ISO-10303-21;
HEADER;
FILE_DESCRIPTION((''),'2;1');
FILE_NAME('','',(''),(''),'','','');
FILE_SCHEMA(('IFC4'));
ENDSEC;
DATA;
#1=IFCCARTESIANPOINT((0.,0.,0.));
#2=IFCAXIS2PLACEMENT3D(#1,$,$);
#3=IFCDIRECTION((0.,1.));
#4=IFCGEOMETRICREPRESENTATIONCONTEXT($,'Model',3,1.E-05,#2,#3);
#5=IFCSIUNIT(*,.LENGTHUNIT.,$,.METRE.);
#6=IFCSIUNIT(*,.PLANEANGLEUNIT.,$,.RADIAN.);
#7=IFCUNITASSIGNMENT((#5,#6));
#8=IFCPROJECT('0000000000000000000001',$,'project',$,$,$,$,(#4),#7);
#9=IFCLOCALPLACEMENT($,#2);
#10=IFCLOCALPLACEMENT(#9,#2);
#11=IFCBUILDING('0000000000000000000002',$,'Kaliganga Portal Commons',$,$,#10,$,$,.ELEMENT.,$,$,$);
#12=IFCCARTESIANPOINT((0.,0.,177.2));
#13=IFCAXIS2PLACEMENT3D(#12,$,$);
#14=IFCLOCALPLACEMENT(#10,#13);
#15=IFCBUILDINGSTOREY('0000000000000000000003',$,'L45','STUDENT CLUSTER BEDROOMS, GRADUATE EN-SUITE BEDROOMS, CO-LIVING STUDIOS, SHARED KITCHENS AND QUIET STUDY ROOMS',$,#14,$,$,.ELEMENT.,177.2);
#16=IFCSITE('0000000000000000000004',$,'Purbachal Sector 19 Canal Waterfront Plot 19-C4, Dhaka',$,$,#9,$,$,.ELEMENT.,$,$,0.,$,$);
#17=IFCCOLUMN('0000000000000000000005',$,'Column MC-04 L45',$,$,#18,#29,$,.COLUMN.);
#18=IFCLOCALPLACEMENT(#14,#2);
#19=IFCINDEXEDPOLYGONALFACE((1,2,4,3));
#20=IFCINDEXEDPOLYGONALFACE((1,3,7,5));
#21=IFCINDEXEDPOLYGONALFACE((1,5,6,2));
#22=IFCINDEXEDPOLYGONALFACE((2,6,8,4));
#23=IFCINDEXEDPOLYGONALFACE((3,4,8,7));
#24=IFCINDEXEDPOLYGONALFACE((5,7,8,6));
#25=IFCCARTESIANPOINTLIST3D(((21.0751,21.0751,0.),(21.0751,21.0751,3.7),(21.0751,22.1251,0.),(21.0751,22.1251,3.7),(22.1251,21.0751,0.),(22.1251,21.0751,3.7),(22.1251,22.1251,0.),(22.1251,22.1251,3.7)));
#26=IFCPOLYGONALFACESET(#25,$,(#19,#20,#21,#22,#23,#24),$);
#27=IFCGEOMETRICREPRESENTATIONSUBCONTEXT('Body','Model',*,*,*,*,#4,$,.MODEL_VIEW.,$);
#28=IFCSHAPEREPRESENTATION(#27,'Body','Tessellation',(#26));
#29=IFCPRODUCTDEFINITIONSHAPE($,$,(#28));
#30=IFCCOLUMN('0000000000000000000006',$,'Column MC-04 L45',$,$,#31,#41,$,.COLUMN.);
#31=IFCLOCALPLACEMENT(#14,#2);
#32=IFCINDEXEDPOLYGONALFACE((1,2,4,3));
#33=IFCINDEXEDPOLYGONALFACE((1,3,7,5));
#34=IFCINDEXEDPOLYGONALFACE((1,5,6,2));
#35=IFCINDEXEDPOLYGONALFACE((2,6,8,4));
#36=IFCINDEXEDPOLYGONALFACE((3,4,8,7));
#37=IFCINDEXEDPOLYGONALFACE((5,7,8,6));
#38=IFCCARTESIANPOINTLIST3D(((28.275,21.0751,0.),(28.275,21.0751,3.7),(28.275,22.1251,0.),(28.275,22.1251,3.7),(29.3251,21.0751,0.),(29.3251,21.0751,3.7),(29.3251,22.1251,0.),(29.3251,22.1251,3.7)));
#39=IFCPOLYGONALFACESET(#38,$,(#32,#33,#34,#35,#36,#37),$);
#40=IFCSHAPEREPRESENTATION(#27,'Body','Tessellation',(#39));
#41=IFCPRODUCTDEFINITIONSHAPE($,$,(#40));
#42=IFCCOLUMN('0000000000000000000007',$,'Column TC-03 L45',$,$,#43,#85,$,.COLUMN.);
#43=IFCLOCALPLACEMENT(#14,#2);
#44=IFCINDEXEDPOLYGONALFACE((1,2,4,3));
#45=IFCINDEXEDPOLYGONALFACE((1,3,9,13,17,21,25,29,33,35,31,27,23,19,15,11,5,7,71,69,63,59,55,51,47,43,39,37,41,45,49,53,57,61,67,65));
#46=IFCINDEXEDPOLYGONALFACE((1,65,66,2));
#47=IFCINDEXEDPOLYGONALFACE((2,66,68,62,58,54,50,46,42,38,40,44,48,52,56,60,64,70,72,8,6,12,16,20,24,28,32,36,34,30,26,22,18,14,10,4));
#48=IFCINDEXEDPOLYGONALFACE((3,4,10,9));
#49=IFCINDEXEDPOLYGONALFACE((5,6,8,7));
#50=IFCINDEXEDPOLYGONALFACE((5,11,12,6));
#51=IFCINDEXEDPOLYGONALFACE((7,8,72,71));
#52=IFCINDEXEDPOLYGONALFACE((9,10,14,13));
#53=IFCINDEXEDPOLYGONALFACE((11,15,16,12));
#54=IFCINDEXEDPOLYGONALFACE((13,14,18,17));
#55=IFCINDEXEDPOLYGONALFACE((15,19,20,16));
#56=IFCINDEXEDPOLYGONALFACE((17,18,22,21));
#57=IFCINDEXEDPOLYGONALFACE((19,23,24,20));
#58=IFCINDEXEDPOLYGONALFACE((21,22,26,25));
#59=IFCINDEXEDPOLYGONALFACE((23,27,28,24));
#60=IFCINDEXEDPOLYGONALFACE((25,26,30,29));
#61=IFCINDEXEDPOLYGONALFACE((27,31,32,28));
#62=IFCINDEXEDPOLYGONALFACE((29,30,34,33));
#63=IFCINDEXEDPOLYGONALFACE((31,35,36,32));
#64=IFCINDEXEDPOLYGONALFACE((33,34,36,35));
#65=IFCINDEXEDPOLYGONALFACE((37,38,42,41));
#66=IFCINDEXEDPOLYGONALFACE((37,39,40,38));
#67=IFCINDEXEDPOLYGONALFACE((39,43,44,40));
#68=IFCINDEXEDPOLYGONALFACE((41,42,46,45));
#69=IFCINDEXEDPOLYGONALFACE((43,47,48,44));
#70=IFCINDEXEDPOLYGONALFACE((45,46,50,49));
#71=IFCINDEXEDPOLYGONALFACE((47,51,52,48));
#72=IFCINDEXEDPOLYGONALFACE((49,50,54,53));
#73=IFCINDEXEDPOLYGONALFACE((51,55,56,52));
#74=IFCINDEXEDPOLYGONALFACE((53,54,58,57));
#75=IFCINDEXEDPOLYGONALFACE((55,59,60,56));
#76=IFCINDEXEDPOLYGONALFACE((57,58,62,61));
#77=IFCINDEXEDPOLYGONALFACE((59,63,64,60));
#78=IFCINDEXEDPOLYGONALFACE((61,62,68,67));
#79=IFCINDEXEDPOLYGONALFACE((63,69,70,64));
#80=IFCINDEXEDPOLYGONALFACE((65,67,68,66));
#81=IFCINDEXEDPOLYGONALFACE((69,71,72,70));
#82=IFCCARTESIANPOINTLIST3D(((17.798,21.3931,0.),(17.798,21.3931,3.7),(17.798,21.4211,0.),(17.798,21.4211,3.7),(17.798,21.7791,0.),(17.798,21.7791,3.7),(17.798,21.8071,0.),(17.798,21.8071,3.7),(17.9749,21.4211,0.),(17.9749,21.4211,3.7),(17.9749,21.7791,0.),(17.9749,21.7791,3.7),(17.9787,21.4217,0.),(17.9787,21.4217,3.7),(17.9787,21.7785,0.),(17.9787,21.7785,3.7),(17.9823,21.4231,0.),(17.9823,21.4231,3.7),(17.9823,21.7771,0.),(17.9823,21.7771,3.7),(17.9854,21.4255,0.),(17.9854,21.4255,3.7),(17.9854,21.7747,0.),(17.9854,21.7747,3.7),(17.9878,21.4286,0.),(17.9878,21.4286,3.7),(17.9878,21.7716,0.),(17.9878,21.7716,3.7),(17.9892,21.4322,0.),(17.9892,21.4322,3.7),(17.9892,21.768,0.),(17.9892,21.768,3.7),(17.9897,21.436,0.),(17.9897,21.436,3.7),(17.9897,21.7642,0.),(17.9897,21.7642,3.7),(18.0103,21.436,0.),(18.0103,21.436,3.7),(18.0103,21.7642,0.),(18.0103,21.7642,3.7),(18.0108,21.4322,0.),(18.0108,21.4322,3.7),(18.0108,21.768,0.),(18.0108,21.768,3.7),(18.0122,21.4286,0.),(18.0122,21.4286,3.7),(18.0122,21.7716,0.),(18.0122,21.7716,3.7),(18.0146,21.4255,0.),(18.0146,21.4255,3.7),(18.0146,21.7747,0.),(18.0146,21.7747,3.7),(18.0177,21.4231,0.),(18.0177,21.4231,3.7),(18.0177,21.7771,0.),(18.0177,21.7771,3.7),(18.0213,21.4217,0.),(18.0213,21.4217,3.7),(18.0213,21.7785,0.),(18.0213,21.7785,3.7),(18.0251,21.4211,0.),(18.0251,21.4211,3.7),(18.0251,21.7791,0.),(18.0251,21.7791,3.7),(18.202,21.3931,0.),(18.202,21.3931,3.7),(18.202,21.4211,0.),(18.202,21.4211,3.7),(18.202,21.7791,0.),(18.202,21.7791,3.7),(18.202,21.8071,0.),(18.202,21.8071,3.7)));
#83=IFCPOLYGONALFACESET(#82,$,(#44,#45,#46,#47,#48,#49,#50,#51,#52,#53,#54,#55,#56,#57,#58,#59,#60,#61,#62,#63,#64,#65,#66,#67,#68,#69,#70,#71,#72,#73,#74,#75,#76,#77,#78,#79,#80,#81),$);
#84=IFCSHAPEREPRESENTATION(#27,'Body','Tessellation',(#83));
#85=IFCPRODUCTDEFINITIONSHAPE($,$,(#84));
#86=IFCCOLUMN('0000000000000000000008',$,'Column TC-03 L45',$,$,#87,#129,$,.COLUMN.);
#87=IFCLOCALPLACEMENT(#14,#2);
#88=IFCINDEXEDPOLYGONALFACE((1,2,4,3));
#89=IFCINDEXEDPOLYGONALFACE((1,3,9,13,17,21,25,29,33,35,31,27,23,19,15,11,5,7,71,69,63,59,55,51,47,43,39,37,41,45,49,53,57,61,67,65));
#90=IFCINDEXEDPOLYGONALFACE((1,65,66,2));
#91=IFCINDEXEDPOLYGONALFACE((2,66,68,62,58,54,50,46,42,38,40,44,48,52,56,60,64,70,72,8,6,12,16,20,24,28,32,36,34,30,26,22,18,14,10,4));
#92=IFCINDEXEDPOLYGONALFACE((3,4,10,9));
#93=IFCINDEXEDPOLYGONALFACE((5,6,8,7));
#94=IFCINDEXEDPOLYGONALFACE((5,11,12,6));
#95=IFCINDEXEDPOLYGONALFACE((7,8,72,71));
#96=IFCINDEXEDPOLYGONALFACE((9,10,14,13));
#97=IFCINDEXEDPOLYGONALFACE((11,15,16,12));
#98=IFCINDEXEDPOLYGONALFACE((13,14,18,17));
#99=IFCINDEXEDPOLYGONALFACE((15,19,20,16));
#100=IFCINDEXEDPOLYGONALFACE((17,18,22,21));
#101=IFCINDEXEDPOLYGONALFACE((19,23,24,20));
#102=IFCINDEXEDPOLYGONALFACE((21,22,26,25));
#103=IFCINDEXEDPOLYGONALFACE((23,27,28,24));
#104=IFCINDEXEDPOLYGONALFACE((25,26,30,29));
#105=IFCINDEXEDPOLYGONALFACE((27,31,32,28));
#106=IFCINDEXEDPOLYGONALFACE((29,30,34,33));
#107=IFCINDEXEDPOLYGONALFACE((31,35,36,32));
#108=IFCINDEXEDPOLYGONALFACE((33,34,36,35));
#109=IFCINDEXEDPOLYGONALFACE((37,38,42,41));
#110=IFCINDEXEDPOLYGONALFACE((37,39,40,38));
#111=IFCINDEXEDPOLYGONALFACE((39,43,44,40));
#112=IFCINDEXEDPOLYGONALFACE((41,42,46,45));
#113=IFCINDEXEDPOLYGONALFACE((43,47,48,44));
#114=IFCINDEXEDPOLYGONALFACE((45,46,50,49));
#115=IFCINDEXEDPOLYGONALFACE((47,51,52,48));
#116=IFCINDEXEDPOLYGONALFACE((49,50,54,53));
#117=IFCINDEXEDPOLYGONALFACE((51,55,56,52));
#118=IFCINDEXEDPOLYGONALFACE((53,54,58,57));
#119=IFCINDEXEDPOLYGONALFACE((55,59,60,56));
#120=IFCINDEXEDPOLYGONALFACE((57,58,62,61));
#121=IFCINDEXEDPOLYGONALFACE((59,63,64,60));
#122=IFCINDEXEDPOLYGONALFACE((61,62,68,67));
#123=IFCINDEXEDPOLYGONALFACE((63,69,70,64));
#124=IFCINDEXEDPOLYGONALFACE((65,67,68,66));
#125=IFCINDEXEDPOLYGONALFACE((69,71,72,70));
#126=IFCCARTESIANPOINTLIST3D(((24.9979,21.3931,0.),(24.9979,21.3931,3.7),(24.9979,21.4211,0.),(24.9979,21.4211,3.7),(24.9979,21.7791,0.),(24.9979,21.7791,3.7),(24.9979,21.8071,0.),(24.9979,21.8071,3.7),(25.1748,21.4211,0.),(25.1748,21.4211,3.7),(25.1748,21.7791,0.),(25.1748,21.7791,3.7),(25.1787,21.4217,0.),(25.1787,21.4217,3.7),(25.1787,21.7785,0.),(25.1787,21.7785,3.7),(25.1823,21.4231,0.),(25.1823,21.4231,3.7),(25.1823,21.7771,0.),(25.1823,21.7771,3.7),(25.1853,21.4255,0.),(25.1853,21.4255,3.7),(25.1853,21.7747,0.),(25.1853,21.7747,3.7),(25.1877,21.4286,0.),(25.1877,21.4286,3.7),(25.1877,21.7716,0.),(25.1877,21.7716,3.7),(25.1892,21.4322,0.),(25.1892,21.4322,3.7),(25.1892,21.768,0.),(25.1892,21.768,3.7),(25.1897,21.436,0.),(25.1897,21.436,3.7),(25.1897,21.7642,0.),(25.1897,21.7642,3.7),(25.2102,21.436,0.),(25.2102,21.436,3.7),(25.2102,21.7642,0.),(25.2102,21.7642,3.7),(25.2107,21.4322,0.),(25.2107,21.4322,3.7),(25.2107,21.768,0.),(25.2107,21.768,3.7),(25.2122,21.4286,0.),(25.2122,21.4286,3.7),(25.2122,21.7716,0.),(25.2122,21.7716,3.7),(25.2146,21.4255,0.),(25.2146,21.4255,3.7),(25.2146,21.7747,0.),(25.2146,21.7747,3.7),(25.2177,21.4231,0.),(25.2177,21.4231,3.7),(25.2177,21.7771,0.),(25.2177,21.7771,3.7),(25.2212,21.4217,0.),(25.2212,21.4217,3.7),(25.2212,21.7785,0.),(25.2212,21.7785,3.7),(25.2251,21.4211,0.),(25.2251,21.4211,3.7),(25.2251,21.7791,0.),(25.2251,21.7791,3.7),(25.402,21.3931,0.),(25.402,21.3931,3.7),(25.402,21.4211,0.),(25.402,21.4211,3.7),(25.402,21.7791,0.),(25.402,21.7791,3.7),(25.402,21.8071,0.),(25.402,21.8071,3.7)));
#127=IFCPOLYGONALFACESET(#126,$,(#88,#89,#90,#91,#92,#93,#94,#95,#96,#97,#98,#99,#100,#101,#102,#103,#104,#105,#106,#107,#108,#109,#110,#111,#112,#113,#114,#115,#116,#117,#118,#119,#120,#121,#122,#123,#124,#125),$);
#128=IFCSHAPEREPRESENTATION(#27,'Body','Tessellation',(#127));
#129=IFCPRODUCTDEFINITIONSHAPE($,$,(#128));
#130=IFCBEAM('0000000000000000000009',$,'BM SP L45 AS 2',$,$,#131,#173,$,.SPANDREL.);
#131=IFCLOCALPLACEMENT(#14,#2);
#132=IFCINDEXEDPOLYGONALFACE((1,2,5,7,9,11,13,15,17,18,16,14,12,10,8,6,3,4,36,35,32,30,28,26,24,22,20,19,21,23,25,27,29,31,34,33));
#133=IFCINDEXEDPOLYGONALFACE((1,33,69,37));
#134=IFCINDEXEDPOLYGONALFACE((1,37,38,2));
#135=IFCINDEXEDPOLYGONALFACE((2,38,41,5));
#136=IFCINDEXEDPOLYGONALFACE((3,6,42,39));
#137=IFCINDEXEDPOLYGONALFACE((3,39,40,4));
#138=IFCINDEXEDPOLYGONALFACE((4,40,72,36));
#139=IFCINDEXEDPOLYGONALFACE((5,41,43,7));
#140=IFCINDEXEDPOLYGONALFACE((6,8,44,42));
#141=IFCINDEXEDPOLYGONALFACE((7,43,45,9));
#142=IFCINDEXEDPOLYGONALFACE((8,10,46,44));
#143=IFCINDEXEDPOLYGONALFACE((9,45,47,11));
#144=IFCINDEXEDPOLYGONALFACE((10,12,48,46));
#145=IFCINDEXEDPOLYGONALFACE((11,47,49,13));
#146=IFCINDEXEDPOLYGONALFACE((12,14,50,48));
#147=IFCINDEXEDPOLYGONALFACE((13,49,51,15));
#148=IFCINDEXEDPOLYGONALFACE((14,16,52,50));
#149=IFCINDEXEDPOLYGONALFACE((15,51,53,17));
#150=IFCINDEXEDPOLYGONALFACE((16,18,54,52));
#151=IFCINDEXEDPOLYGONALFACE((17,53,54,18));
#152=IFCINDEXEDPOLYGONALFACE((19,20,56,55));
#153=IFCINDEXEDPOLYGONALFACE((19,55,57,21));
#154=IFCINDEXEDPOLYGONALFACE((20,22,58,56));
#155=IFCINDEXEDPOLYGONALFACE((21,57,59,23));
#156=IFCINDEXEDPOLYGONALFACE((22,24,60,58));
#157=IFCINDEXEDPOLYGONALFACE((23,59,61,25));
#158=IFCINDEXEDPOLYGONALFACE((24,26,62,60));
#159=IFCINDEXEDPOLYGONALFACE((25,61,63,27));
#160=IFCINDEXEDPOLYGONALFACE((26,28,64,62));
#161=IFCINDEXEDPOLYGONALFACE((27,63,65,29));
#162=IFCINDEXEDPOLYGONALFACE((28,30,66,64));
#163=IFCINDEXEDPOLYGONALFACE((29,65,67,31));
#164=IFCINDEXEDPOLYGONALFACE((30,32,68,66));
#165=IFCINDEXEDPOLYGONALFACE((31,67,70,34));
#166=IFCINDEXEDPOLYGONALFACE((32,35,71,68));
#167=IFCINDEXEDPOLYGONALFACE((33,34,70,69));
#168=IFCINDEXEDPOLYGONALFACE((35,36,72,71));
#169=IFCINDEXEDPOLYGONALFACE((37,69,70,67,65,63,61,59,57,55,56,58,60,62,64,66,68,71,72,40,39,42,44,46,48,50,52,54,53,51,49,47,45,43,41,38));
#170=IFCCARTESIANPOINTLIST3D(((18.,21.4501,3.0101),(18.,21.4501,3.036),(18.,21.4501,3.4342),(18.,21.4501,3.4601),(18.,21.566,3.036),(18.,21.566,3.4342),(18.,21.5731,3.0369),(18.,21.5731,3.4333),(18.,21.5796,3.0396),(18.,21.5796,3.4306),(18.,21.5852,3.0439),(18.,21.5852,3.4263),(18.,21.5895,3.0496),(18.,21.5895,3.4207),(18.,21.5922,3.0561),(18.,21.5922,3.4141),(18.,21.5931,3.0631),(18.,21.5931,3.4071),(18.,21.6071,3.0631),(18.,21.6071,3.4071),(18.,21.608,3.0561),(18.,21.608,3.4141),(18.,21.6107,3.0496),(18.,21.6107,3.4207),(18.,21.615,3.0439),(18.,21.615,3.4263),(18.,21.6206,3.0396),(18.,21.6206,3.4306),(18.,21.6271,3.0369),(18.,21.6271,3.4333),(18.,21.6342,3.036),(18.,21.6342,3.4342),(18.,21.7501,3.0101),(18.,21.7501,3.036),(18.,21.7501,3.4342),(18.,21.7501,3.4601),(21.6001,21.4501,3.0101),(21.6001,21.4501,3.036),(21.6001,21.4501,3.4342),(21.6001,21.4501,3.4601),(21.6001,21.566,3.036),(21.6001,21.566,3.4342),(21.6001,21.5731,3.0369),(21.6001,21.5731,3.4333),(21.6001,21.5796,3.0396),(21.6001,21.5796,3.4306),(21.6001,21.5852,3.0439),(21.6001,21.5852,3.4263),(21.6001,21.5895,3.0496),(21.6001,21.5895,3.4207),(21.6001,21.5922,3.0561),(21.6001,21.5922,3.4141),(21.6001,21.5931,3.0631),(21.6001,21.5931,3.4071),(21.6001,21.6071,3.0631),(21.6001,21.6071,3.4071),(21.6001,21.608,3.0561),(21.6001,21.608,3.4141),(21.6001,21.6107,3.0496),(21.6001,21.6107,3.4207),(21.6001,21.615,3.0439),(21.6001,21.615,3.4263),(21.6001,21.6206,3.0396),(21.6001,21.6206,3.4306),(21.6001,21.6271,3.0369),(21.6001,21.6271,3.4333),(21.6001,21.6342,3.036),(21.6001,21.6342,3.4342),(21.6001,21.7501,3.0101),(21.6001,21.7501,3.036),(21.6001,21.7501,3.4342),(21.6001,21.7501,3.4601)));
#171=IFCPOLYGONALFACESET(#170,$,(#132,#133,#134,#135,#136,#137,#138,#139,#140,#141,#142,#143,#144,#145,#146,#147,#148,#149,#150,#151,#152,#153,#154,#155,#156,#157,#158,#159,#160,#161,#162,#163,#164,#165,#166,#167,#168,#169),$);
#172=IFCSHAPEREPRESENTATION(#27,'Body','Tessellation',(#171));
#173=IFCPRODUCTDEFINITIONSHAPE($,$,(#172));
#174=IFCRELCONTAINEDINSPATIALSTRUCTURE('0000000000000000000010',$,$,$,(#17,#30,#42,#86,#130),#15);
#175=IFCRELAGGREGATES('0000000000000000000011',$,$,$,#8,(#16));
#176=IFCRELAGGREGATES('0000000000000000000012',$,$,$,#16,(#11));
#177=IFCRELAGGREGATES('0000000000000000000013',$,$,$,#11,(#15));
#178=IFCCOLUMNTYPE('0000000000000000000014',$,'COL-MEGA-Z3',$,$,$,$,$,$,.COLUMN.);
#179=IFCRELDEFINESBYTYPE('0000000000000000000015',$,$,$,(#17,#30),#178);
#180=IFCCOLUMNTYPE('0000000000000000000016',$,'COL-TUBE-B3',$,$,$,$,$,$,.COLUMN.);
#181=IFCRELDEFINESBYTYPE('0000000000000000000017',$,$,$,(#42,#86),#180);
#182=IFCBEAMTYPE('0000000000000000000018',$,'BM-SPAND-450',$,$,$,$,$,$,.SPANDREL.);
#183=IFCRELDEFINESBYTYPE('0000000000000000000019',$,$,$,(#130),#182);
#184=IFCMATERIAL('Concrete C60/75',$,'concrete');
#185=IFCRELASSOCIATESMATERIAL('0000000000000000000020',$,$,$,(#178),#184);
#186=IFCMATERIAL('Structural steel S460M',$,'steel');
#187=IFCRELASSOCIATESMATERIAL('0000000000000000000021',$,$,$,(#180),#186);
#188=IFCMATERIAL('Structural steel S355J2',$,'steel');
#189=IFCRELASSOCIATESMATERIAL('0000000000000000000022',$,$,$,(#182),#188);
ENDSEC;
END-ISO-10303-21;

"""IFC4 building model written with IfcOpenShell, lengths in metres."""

from ifc_helpers import new_model, si_unit, direction, frame, origin, origin_2d, place, context, subcontext, project, spatial, rectangle, i_section, extrude, source, transform, mapped, material, material_profile, profile_set, type_object, element, save


model = new_model("IFC4")

# Units and contexts
model_context = context("Model", 3, precision=1e-05, world=origin(), true_north=direction((0.0, 1.0)))
body_context = subcontext(model_context, "Body", "Model", "MODEL_VIEW")
ifc_project = project(units=[si_unit("LENGTHUNIT", "METRE"), si_unit("PLANEANGLEUNIT", "RADIAN")], contexts=[model_context])

# Site, building, storey
site_placement = place(None, origin())
site = spatial("IfcSite", under=ifc_project, at=site_placement, Name="Purbachal Sector 19 Canal Waterfront Plot 19-C4, Dhaka", CompositionType="ELEMENT", RefElevation=0.0)
building_placement = place(site_placement, origin())
building = spatial("IfcBuilding", under=site, at=building_placement, Name="Kaliganga Portal Commons", CompositionType="ELEMENT")
storey_placement = place(building_placement, frame((0.0, 0.0, 177.2)))
storey = spatial("IfcBuildingStorey", under=building, at=storey_placement, Name="L45", Description="STUDENT CLUSTER BEDROOMS, GRADUATE EN-SUITE BEDROOMS, CO-LIVING STUDIOS, SHARED KITCHENS AND QUIET STUDY ROOMS", CompositionType="ELEMENT", Elevation=177.2)

# Columns
ifc_material_1 = material(Name="Concrete C60/75", Category="concrete")
ifc_material_profile_1 = material_profile(ifc_material_1, rectangle(XDim=1.05, YDim=1.05, at=origin_2d()), Name="RC 1050x1050")
ifc_profile_set_1 = profile_set([ifc_material_profile_1], Name="Concrete C60/75")
column_type_1 = type_object("IfcColumnType", Name="COL-MEGA-Z3", PredefinedType="COLUMN", material=ifc_profile_set_1)
shared_shape_1 = source(origin(), body_context, "Body", "SweptSolid", [
    extrude(rectangle(XDim=1.05, YDim=1.05, at=origin_2d()), origin(), (0.0, 0.0, 1.0), 3.7),
])
for number, where, z_axis, x_axis, name in (
    (1, (21.6001, 21.6001, 0.0), (0.0, 0.0, 1.0), (1.0, 0.0, 0.0), "Column MC-04 L45"),
    (2, (28.8, 21.6001, 0.0), (0.0, 0.0, 1.0), (1.0, 0.0, 0.0), "Column MC-04 L45"),
):
    element("IfcColumn", number, at=place(storey_placement, frame(where, z_axis=z_axis, x_axis=x_axis)), inside=storey, type_object=column_type_1, Name=name, PredefinedType="COLUMN", context=body_context, shape_type="MappedRepresentation", body=[
        mapped(shared_shape_1, transform((0.0, 0.0, 0.0), x_axis=(1.0, 0.0, 0.0), y_axis=(0.0, 1.0, 0.0), z_axis=(0.0, 0.0, 1.0), scale=1.0)),
    ])
ifc_material_2 = material(Name="Structural steel S460M", Category="steel")
ifc_material_profile_2 = material_profile(ifc_material_2, i_section(OverallWidth=0.4041, OverallDepth=0.4141, WebThickness=0.0205, FlangeThickness=0.0281, FilletRadius=0.0149, at=origin_2d()), Name="HD 400x347")
ifc_profile_set_2 = profile_set([ifc_material_profile_2], Name="Structural steel S460M wide-flange")
column_type_2 = type_object("IfcColumnType", Name="COL-TUBE-B3", PredefinedType="COLUMN", material=ifc_profile_set_2)
shared_shape_2 = source(origin(), body_context, "Body", "SweptSolid", [
    extrude(i_section(OverallWidth=0.4041, OverallDepth=0.4141, WebThickness=0.0205, FlangeThickness=0.0281, FilletRadius=0.0149, at=origin_2d()), origin(), (0.0, 0.0, 1.0), 3.7),
])
for number, where, z_axis, x_axis, name in (
    (3, (18.0, 21.6001, 0.0), (0.0, 0.0, 1.0), (1.0, 0.0, 0.0), "Column TC-03 L45"),
    (4, (25.2, 21.6001, 0.0), (0.0, 0.0, 1.0), (1.0, 0.0, 0.0), "Column TC-03 L45"),
):
    element("IfcColumn", number, at=place(storey_placement, frame(where, z_axis=z_axis, x_axis=x_axis)), inside=storey, type_object=column_type_2, Name=name, PredefinedType="COLUMN", context=body_context, shape_type="MappedRepresentation", body=[
        mapped(shared_shape_2, transform((0.0, 0.0, 0.0), x_axis=(1.0, 0.0, 0.0), y_axis=(0.0, 1.0, 0.0), z_axis=(0.0, 0.0, 1.0), scale=1.0)),
    ])

# Beam
ifc_material_3 = material(Name="Structural steel S355J2", Category="steel")
ifc_material_profile_3 = material_profile(ifc_material_3, i_section(OverallWidth=0.3, OverallDepth=0.45, WebThickness=0.0139, FlangeThickness=0.0259, FilletRadius=0.0271, at=origin_2d()), Name="HE 450 B")
ifc_profile_set_3 = profile_set([ifc_material_profile_3], Name="Structural steel S355J2 wide-flange")
beam_type_1 = type_object("IfcBeamType", Name="BM-SPAND-450", PredefinedType="SPANDREL", material=ifc_profile_set_3)
shared_shape_3 = source(origin(), body_context, "Body", "SweptSolid", [
    extrude(i_section(OverallWidth=0.3, OverallDepth=0.45, WebThickness=0.0139, FlangeThickness=0.0259, FilletRadius=0.0271, at=origin_2d()), origin(), (0.0, 0.0, 1.0), 3.6001),
])
for number, where, z_axis, x_axis, name in (
    (5, (18.0, 21.6001, 3.2351), (1.0, 0.0, 0.0), (0.0, 1.0, 0.0), "BM SP L45 AS 2"),
):
    element("IfcBeam", number, at=place(storey_placement, frame(where, z_axis=z_axis, x_axis=x_axis)), inside=storey, type_object=beam_type_1, Name=name, PredefinedType="SPANDREL", context=body_context, shape_type="MappedRepresentation", body=[
        mapped(shared_shape_3, transform((0.0, 0.0, 0.0), x_axis=(1.0, 0.0, 0.0), y_axis=(0.0, 1.0, 0.0), z_axis=(0.0, 0.0, 1.0), scale=1.0)),
    ])

save(model, "model.ifc")
